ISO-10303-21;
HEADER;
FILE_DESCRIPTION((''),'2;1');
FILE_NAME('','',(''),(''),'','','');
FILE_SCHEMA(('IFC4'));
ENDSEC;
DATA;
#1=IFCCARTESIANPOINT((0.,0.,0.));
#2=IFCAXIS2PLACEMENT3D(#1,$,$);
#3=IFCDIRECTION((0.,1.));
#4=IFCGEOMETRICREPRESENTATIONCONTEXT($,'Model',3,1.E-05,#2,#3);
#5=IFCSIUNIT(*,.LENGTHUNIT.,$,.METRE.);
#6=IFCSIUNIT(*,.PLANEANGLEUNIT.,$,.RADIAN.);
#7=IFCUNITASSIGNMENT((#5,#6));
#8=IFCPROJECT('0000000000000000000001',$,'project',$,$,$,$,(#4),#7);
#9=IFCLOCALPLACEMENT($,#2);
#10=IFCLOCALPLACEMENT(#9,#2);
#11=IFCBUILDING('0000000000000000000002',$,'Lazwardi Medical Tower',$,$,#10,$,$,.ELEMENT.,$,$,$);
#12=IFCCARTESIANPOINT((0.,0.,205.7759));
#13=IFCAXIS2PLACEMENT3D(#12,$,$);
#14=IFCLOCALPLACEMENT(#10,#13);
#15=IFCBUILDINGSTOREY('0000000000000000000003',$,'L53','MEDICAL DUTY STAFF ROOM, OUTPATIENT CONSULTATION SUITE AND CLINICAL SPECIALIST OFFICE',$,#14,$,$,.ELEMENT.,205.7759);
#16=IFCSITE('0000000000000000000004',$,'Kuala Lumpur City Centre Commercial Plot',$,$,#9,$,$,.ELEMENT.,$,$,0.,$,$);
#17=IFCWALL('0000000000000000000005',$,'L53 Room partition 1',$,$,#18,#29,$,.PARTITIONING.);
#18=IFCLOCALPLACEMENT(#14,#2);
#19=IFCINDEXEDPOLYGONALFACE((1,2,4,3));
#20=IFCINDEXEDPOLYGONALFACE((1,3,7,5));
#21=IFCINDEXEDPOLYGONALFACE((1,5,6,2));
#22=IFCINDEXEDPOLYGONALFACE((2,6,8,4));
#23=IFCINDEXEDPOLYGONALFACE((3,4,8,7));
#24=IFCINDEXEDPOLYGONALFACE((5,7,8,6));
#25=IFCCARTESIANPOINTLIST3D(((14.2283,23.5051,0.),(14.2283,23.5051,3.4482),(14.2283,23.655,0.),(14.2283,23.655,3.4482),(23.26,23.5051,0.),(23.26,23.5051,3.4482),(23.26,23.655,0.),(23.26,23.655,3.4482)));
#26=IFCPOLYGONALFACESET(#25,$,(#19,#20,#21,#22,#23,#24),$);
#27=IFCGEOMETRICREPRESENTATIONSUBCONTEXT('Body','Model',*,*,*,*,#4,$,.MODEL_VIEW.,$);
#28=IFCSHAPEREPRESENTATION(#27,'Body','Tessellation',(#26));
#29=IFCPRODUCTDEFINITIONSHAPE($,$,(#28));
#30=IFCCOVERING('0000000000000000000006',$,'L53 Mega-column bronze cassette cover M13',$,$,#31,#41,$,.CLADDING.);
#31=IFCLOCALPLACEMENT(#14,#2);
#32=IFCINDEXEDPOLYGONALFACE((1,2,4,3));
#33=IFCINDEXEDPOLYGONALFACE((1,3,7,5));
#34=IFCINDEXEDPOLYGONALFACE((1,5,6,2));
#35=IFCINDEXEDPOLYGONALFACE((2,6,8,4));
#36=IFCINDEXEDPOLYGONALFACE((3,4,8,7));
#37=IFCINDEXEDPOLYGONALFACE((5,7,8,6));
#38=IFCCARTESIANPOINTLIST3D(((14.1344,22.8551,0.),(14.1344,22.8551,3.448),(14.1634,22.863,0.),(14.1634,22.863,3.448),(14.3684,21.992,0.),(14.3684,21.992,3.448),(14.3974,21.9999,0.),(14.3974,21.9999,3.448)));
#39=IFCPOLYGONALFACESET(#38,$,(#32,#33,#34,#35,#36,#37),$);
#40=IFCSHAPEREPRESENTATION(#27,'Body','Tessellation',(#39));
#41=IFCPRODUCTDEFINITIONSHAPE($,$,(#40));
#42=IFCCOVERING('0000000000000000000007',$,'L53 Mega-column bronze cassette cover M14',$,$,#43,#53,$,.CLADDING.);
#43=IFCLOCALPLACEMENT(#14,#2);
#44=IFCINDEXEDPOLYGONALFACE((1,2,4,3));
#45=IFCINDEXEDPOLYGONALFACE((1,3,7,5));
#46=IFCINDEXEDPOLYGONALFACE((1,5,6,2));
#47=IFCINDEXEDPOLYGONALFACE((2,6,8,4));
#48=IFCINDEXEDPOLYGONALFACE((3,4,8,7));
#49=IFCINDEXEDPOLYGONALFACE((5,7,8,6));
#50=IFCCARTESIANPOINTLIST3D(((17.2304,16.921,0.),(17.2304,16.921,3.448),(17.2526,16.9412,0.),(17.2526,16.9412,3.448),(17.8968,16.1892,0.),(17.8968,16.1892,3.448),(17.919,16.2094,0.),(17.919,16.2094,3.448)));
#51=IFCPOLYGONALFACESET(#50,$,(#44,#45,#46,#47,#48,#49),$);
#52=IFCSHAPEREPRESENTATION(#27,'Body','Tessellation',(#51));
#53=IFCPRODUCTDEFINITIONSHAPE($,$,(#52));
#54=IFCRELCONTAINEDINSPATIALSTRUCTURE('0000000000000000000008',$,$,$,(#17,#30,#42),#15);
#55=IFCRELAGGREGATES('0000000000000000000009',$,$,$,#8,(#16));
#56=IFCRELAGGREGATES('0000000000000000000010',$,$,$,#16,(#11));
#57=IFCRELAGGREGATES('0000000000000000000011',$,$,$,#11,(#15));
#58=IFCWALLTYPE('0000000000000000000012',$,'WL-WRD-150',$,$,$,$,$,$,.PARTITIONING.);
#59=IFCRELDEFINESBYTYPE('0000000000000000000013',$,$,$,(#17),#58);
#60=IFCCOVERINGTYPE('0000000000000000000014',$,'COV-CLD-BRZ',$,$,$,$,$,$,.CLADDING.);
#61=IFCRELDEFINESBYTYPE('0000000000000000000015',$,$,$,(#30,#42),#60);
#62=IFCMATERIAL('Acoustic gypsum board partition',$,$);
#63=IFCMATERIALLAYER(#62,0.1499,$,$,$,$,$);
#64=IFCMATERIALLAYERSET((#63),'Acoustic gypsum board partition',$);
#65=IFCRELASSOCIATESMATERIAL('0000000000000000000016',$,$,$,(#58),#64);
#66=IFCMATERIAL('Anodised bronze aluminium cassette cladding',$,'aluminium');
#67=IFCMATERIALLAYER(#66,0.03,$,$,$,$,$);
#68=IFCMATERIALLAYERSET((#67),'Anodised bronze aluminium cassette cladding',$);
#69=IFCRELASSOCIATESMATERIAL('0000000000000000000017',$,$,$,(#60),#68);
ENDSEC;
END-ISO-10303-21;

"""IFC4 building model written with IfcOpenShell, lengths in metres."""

from ifc_helpers import new_model, si_unit, direction, frame, frame_2d, origin, origin_2d, place, context, subcontext, project, spatial, rectangle, extrude, material, layer, layer_set, type_object, element, save


model = new_model("IFC4")

# Units and contexts
model_context = context("Model", 3, precision=1e-05, world=origin(), true_north=direction((0.0, 1.0)))
body_context = subcontext(model_context, "Body", "Model", "MODEL_VIEW")
ifc_project = project(units=[si_unit("LENGTHUNIT", "METRE"), si_unit("PLANEANGLEUNIT", "RADIAN")], contexts=[model_context])

# Site, building, storey
site_placement = place(None, origin())
site = spatial("IfcSite", under=ifc_project, at=site_placement, Name="Kuala Lumpur City Centre Commercial Plot", CompositionType="ELEMENT", RefElevation=0.0)
building_placement = place(site_placement, origin())
building = spatial("IfcBuilding", under=site, at=building_placement, Name="Lazwardi Medical Tower", CompositionType="ELEMENT")
storey_placement = place(building_placement, frame((0.0, 0.0, 205.7759)))
storey = spatial("IfcBuildingStorey", under=building, at=storey_placement, Name="L53", Description="MEDICAL DUTY STAFF ROOM, OUTPATIENT CONSULTATION SUITE AND CLINICAL SPECIALIST OFFICE", CompositionType="ELEMENT", Elevation=205.7759)

# Wall
ifc_material_1 = material(Name="Acoustic gypsum board partition")
ifc_layer_1 = layer(ifc_material_1, 0.1499)
ifc_layer_set_1 = layer_set([ifc_layer_1], Name="Acoustic gypsum board partition")
wall_type = type_object("IfcWallType", Name="WL-WRD-150", PredefinedType="PARTITIONING", material=ifc_layer_set_1)
wall_placement = place(storey_placement, frame((14.2283, 23.5801, 0.0), z_axis=(0.0, 0.0, 1.0), x_axis=(1.0, 0.0, 0.0)))
element("IfcWall", 1, at=wall_placement, inside=storey, type_object=wall_type, Name="L53 Room partition 1", PredefinedType="PARTITIONING", context=body_context, shape_type="SweptSolid", body=[
    extrude(rectangle(XDim=9.0317, YDim=0.1499, at=frame_2d((4.5159, 0.0))), origin(), (0.0, 0.0, 1.0), 3.4482),
])

# Coverings
ifc_material_2 = material(Name="Anodised bronze aluminium cassette cladding", Category="aluminium")
ifc_layer_2 = layer(ifc_material_2, 0.03)
ifc_layer_set_2 = layer_set([ifc_layer_2], Name="Anodised bronze aluminium cassette cladding")
covering_type = type_object("IfcCoveringType", Name="COV-CLD-BRZ", PredefinedType="CLADDING", material=ifc_layer_set_2)
covering_1_placement = place(storey_placement, frame((14.2659, 22.4275, 0.0), z_axis=(0.0, 0.0, 1.0), x_axis=(0.261642, -0.965165, 0.0)))
element("IfcCovering", 2, at=covering_1_placement, inside=storey, type_object=covering_type, Name="L53 Mega-column bronze cassette cover M13", PredefinedType="CLADDING", context=body_context, shape_type="SweptSolid", body=[
    extrude(rectangle(XDim=0.8943, YDim=0.03, at=origin_2d()), origin(), (0.0, 0.0, 1.0), 3.448),
])
covering_2_placement = place(storey_placement, frame((17.5747, 16.5652, 0.0), z_axis=(0.0, 0.0, 1.0), x_axis=(0.673241, -0.739423, 0.0)))
element("IfcCovering", 3, at=covering_2_placement, inside=storey, type_object=covering_type, Name="L53 Mega-column bronze cassette cover M14", PredefinedType="CLADDING", context=body_context, shape_type="SweptSolid", body=[
    extrude(rectangle(XDim=0.9897, YDim=0.03, at=origin_2d()), origin(), (0.0, 0.0, 1.0), 3.448),
])

save(model, "model.ifc")
